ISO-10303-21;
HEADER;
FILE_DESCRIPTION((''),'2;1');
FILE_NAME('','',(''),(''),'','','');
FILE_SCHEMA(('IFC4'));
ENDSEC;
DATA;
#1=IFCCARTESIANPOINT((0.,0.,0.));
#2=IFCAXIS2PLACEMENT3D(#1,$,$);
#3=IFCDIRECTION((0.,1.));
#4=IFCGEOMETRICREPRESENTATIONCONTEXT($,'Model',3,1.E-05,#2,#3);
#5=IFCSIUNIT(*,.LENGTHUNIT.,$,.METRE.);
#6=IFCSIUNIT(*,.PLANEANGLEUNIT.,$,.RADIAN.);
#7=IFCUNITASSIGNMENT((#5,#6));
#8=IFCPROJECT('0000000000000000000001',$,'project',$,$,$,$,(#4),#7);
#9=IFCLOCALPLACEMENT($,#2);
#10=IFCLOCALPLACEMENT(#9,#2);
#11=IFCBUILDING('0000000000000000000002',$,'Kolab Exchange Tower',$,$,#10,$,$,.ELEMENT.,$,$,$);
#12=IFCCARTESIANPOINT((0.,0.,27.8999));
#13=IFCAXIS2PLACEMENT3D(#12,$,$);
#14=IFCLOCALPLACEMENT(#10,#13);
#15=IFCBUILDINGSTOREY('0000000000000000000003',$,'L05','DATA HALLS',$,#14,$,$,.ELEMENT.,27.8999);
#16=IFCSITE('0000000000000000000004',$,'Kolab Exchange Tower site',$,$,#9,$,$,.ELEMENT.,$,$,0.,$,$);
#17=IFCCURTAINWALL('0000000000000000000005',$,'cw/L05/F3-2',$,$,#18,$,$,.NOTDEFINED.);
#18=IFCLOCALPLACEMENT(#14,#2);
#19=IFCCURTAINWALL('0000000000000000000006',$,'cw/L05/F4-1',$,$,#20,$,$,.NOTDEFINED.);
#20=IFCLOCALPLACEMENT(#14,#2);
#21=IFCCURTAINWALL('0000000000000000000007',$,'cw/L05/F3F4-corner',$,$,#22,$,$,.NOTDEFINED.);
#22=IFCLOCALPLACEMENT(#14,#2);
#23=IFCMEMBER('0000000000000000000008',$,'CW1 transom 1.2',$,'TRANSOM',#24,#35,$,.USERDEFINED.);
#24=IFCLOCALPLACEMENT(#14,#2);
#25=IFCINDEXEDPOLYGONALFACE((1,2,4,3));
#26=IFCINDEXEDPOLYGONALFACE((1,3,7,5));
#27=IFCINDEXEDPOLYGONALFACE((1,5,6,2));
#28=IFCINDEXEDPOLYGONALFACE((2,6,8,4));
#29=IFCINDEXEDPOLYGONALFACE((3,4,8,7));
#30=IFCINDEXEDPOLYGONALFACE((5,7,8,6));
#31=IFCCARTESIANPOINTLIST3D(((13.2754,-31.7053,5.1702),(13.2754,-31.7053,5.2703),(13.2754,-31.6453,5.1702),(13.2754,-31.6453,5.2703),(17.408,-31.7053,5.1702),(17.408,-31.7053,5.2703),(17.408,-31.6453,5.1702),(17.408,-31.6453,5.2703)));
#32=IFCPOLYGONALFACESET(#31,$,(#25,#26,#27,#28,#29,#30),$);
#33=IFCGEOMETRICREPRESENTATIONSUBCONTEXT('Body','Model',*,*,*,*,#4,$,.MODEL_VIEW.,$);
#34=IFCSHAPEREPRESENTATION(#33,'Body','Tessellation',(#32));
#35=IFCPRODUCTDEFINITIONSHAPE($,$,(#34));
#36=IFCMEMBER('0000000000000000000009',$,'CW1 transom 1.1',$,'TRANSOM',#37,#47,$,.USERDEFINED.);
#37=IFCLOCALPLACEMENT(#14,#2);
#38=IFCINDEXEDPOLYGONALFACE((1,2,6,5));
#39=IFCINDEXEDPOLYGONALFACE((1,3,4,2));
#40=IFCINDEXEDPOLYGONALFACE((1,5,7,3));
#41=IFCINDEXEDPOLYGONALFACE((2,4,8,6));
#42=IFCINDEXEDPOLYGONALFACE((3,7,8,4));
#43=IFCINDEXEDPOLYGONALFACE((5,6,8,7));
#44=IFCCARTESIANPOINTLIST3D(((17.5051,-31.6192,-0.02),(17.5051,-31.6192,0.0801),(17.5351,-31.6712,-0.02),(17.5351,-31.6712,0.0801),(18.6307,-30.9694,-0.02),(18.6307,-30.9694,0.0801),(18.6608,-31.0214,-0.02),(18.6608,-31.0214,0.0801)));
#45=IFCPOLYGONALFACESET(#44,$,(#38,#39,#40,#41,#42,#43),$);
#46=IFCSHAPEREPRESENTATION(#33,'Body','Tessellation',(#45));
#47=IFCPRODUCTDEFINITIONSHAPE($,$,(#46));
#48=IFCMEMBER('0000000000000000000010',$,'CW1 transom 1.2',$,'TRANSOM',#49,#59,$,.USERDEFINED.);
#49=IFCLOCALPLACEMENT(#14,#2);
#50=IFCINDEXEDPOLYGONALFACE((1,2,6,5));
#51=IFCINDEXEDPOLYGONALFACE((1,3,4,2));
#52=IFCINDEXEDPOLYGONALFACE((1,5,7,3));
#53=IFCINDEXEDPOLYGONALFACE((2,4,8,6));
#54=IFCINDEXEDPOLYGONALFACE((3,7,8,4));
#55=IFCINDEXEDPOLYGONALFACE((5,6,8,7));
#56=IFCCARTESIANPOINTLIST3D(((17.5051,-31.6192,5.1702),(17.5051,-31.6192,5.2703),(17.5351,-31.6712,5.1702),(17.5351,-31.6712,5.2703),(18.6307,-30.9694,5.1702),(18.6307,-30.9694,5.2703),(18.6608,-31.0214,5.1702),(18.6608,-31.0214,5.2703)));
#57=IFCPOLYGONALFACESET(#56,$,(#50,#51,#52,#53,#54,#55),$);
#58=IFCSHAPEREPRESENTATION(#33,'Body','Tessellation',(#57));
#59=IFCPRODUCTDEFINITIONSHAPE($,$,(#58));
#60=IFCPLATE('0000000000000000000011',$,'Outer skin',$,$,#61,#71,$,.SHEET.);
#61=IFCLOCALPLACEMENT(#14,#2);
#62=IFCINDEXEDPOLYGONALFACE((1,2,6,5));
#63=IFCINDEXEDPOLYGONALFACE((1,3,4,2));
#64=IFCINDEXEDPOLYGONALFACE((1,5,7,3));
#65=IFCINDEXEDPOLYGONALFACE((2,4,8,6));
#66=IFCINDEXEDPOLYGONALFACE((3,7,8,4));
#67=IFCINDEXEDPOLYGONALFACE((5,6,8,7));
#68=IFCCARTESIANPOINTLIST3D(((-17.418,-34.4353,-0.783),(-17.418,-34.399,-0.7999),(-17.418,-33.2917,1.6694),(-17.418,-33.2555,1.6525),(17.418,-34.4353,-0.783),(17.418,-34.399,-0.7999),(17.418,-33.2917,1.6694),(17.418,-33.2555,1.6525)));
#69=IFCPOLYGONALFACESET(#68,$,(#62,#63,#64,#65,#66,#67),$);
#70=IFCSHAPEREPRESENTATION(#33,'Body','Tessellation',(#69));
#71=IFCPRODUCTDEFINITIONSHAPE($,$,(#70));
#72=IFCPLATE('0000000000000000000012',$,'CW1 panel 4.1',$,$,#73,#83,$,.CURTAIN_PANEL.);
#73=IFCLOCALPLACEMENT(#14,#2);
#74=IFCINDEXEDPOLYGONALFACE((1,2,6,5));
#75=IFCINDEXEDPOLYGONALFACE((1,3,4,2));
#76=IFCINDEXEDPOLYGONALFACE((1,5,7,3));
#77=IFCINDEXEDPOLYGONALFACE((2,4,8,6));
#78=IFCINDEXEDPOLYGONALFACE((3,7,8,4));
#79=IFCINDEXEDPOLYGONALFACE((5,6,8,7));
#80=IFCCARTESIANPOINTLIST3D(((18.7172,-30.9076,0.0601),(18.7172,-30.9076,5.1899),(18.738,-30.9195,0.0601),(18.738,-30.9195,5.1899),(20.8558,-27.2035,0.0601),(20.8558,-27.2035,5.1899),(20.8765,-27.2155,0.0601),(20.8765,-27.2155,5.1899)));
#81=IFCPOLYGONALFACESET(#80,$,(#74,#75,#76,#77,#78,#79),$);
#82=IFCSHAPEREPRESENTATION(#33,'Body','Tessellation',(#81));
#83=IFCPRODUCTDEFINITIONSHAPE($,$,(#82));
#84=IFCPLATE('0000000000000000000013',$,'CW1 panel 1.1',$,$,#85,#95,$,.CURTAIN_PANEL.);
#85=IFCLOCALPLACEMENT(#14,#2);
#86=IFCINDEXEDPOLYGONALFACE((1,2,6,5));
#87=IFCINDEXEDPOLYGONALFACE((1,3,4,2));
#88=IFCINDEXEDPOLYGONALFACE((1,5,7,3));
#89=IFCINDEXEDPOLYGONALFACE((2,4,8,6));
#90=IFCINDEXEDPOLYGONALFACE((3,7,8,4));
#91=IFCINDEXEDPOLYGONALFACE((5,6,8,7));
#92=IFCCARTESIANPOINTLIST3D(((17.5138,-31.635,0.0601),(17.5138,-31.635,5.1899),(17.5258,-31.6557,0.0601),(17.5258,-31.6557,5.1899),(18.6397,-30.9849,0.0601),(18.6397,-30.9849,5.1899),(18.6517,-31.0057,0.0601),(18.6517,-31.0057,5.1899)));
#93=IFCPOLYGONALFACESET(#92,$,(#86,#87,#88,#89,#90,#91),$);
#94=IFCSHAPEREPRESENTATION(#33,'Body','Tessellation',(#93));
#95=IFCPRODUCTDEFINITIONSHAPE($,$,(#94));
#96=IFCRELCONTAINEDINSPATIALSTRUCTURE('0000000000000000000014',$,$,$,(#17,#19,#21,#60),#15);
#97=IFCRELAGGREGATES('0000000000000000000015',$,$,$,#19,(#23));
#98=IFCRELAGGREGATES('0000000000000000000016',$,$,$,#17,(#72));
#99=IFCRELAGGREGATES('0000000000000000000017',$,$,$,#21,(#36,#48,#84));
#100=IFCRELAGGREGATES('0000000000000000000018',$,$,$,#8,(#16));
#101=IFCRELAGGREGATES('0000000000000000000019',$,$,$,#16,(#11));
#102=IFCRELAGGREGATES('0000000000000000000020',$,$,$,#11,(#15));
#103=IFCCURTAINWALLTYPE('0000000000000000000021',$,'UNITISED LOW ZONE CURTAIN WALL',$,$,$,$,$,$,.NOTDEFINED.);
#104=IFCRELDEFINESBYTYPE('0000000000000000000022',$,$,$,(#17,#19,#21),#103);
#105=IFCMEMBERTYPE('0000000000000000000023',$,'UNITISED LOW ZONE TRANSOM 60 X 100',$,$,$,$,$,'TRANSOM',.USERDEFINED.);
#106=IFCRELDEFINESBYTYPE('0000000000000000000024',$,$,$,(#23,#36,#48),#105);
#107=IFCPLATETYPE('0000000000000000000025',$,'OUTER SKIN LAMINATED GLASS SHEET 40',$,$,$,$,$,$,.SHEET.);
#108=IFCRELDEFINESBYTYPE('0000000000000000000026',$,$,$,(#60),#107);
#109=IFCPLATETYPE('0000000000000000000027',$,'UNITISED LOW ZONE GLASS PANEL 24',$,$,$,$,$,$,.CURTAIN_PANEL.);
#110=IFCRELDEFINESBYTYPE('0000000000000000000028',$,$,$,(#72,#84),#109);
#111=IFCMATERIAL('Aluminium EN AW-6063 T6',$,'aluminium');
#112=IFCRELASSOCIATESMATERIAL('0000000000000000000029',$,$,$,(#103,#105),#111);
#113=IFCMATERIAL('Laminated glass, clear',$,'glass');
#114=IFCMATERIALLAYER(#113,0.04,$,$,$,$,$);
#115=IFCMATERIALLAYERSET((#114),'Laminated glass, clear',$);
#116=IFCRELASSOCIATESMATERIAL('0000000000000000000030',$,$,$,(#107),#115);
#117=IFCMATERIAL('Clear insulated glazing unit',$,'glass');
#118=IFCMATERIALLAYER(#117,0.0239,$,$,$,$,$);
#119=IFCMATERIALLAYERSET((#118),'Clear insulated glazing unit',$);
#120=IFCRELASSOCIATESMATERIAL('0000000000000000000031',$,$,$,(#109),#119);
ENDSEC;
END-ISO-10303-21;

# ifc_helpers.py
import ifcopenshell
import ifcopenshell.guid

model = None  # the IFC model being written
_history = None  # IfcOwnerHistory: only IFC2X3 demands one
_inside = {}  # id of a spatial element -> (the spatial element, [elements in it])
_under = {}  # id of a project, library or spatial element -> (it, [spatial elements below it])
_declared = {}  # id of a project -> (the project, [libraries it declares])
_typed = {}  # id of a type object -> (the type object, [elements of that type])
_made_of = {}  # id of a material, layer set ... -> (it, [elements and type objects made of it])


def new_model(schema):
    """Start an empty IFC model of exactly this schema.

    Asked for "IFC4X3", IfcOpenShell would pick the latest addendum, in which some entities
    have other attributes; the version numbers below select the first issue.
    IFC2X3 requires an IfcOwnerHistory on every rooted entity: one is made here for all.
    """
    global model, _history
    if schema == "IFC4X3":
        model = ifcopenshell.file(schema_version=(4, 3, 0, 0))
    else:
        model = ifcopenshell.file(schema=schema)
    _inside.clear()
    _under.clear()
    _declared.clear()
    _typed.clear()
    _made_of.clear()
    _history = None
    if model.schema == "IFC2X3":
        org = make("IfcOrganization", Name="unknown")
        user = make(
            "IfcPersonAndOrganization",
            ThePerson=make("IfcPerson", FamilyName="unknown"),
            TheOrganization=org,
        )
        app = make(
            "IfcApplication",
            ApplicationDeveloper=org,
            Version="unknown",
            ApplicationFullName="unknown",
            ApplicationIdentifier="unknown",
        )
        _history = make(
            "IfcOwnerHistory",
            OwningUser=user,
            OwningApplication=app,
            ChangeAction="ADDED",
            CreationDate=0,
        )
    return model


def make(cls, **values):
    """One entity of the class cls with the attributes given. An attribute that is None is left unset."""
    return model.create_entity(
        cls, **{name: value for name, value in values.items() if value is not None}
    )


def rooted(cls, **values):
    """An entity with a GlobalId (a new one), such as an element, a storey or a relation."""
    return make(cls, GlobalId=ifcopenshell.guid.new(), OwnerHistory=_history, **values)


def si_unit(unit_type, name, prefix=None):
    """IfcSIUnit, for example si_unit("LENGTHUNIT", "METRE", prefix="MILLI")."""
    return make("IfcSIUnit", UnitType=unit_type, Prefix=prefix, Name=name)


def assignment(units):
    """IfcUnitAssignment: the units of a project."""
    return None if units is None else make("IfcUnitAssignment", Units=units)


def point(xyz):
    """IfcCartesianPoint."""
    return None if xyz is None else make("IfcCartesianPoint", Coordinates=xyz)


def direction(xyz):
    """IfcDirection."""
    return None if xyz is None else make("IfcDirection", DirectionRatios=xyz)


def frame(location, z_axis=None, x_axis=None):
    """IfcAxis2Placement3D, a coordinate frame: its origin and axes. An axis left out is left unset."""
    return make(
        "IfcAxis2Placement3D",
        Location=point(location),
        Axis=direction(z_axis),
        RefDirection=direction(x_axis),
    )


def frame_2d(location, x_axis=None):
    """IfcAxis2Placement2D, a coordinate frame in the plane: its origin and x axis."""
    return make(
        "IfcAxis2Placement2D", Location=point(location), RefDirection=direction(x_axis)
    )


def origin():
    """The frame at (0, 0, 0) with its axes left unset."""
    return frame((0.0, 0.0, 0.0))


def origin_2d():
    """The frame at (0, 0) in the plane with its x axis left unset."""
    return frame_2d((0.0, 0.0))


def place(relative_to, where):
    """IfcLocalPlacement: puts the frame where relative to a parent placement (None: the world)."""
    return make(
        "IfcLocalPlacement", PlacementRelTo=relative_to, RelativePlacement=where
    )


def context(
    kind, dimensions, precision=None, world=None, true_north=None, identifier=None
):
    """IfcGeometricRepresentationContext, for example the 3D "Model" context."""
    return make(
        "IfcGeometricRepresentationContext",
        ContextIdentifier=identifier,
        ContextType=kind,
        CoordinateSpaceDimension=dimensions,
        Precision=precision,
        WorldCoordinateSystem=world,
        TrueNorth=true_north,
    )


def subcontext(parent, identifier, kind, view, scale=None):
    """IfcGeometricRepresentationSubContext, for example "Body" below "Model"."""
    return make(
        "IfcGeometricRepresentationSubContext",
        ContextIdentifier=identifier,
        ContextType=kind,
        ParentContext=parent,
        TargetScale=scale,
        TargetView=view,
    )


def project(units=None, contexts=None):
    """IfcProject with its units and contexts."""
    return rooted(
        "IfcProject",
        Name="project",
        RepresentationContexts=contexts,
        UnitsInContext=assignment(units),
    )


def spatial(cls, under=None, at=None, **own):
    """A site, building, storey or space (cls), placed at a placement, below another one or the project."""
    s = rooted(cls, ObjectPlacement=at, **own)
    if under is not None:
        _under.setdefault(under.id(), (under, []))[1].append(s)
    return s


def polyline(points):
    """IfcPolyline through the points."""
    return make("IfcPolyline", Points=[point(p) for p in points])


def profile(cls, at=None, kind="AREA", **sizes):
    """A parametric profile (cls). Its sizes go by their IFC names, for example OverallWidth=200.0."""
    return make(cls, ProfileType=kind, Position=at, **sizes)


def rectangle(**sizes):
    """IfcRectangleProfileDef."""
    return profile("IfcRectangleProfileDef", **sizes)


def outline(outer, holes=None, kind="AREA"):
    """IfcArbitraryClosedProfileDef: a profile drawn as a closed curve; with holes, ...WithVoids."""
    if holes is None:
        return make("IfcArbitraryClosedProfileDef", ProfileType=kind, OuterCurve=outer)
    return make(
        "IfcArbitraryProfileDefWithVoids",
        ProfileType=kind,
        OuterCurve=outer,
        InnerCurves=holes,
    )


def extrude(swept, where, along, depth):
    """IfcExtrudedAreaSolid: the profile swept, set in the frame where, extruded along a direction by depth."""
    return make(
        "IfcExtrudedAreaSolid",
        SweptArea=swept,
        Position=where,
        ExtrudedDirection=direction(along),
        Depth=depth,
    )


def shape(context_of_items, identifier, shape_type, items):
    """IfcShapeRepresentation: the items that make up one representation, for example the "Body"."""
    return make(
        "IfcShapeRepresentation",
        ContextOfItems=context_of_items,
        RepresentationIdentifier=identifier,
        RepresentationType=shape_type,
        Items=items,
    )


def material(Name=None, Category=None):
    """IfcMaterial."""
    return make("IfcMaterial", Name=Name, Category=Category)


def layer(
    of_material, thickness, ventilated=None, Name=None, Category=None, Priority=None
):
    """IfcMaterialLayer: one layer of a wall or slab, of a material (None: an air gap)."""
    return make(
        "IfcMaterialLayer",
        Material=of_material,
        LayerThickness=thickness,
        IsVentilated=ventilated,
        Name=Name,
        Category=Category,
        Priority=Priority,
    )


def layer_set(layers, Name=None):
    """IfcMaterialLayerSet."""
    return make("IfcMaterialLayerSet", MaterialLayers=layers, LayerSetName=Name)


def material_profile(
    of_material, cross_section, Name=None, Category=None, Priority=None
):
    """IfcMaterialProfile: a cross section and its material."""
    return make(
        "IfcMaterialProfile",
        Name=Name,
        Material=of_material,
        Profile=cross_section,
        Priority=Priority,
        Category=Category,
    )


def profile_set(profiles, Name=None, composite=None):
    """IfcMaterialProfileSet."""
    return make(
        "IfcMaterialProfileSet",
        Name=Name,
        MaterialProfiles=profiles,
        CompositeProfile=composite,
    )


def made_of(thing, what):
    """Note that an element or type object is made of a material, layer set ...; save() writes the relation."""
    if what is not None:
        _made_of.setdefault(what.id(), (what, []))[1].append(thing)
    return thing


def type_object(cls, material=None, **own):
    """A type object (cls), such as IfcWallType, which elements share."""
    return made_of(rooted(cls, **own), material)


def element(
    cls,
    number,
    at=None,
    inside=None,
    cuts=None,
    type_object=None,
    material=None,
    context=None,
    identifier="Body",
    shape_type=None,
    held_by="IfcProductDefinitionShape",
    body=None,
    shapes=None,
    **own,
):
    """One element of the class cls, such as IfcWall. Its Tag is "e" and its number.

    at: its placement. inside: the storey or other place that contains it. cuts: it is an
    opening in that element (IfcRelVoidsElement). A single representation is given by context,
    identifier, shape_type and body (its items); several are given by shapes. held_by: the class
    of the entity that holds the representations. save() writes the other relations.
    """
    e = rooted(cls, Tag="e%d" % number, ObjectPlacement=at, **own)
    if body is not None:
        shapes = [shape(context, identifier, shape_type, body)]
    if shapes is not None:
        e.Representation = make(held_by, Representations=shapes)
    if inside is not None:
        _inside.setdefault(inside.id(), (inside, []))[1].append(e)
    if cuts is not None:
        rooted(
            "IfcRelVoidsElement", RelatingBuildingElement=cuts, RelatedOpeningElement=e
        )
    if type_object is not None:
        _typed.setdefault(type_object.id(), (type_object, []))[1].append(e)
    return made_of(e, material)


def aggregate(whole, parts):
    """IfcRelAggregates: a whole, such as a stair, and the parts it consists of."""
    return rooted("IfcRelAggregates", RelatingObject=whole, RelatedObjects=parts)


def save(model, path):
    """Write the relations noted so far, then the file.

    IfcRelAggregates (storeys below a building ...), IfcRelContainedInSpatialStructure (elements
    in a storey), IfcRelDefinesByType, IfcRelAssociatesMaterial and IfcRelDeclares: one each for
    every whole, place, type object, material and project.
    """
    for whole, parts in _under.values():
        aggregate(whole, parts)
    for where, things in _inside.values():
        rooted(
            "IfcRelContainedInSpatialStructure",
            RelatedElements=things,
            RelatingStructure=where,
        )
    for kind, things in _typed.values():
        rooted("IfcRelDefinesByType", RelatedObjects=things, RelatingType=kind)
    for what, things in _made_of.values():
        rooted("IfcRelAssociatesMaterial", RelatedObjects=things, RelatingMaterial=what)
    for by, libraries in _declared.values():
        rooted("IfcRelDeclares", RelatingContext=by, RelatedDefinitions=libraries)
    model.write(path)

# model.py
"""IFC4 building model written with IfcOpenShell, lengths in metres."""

from ifc_helpers import new_model, si_unit, direction, frame, origin, origin_2d, place, context, subcontext, project, spatial, polyline, rectangle, outline, extrude, material, layer, layer_set, material_profile, profile_set, type_object, element, aggregate, save


model = new_model("IFC4")

# Units and contexts
model_context = context("Model", 3, precision=1e-05, world=origin(), true_north=direction((0.0, 1.0)))
body_context = subcontext(model_context, "Body", "Model", "MODEL_VIEW")
ifc_project = project(units=[si_unit("LENGTHUNIT", "METRE"), si_unit("PLANEANGLEUNIT", "RADIAN")], contexts=[model_context])

# Site, building, storey
site_placement = place(None, origin())
site = spatial("IfcSite", under=ifc_project, at=site_placement, Name="Kolab Exchange Tower site", CompositionType="ELEMENT", RefElevation=0.0)
building_placement = place(site_placement, origin())
building = spatial("IfcBuilding", under=site, at=building_placement, Name="Kolab Exchange Tower", CompositionType="ELEMENT")
storey_placement = place(building_placement, frame((0.0, 0.0, 27.8999)))
storey = spatial("IfcBuildingStorey", under=building, at=storey_placement, Name="L05", Description="DATA HALLS", CompositionType="ELEMENT", Elevation=27.8999)

# Curtain wall
ifc_material_1 = material(Name="Aluminium EN AW-6063 T6", Category="aluminium")
curtain_wall_type = type_object("IfcCurtainWallType", Name="UNITISED LOW ZONE CURTAIN WALL", PredefinedType="NOTDEFINED", material=ifc_material_1)
curtain_wall_1_placement = place(storey_placement, origin())
curtain_wall_1 = element("IfcCurtainWall", 1, at=curtain_wall_1_placement, inside=storey, type_object=curtain_wall_type, Name="cw/L05/F3-2", PredefinedType="NOTDEFINED")

# Curtain wall
curtain_wall_2_placement = place(storey_placement, origin())
curtain_wall_2 = element("IfcCurtainWall", 2, at=curtain_wall_2_placement, inside=storey, type_object=curtain_wall_type, Name="cw/L05/F4-1", PredefinedType="NOTDEFINED")

# Curtain wall
curtain_wall_3_placement = place(storey_placement, origin())
curtain_wall_3 = element("IfcCurtainWall", 3, at=curtain_wall_3_placement, inside=storey, type_object=curtain_wall_type, Name="cw/L05/F3F4-corner", PredefinedType="NOTDEFINED")

# Members
ifc_material_profile_1 = material_profile(ifc_material_1, rectangle(XDim=0.0601, YDim=0.1001, at=origin_2d()), Name="RECT 60X100")
ifc_profile_set_1 = profile_set([ifc_material_profile_1], Name="Aluminium EN AW-6063 T6")
member_type_1 = type_object("IfcMemberType", Name="UNITISED LOW ZONE TRANSOM 60 X 100", ElementType="TRANSOM", PredefinedType="USERDEFINED", material=ifc_profile_set_1)
member_1_placement = place(storey_placement, frame((17.408, -31.6753, 5.2202), z_axis=(-1.0, 0.0, 0.0), x_axis=(0.0, -1.0, 0.0)))
member_1 = element("IfcMember", 4, at=member_1_placement, type_object=member_type_1, Name="CW1 transom 1.2", ObjectType="TRANSOM", PredefinedType="USERDEFINED", context=body_context, shape_type="SweptSolid", body=[
    extrude(rectangle(XDim=0.0601, YDim=0.1001, at=origin_2d()), origin(), (0.0, 0.0, 1.0), 4.1326),
])
aggregate(curtain_wall_2, [member_1])
member_2_placement = place(storey_placement, frame((18.6458, -30.9954, 0.03), z_axis=(-0.866039, -0.499977, 0.0), x_axis=(0.499977, -0.866039, 0.0)))
member_2 = element("IfcMember", 5, at=member_2_placement, type_object=member_type_1, Name="CW1 transom 1.1", ObjectType="TRANSOM", PredefinedType="USERDEFINED", context=body_context, shape_type="SweptSolid", body=[
    extrude(rectangle(XDim=0.0601, YDim=0.1001, at=origin_2d()), origin(), (0.0, 0.0, 1.0), 1.2998),
])
member_3_placement = place(storey_placement, frame((18.6458, -30.9954, 5.2202), z_axis=(-0.866039, -0.499977, 0.0), x_axis=(0.499977, -0.866039, 0.0)))
member_3 = element("IfcMember", 6, at=member_3_placement, type_object=member_type_1, Name="CW1 transom 1.2", ObjectType="TRANSOM", PredefinedType="USERDEFINED", context=body_context, shape_type="SweptSolid", body=[
    extrude(rectangle(XDim=0.0601, YDim=0.1001, at=origin_2d()), origin(), (0.0, 0.0, 1.0), 1.2998),
])

# Plates
ifc_material_2 = material(Name="Laminated glass, clear", Category="glass")
ifc_layer_1 = layer(ifc_material_2, 0.04)
ifc_layer_set_1 = layer_set([ifc_layer_1], Name="Laminated glass, clear")
plate_type_1 = type_object("IfcPlateType", Name="OUTER SKIN LAMINATED GLASS SHEET 40", PredefinedType="SHEET", material=ifc_layer_set_1)
plate_1_placement = place(storey_placement, frame((17.418, -34.4353, -0.783), z_axis=(0.0, -0.90631, 0.422614), x_axis=(-1.0, 0.0, 0.0)))
element("IfcPlate", 7, at=plate_1_placement, inside=storey, type_object=plate_type_1, Name="Outer skin", PredefinedType="SHEET", context=body_context, shape_type="SweptSolid", body=[
    extrude(outline(polyline([(0.0, 0.0), (34.8359, 0.0), (34.8359, -2.7059), (0.0, -2.7059), (0.0, 0.0)])), origin(), (0.0, 0.0, -1.0), 0.04),
])
ifc_material_3 = material(Name="Clear insulated glazing unit", Category="glass")
ifc_layer_2 = layer(ifc_material_3, 0.0239)
ifc_layer_set_2 = layer_set([ifc_layer_2], Name="Clear insulated glazing unit")
plate_type_2 = type_object("IfcPlateType", Name="UNITISED LOW ZONE GLASS PANEL 24", PredefinedType="CURTAIN_PANEL", material=ifc_layer_set_2)
plate_2_placement = place(storey_placement, frame((19.7969, -29.0615, 0.0601), z_axis=(0.0, 0.0, 1.0), x_axis=(-0.5, -0.866025, 0.0)))
plate_2 = element("IfcPlate", 8, at=plate_2_placement, type_object=plate_type_2, Name="CW1 panel 4.1", PredefinedType="CURTAIN_PANEL", context=body_context, shape_type="SweptSolid", body=[
    extrude(rectangle(XDim=4.2771, YDim=0.0239, at=origin_2d()), origin(), (0.0, 0.0, 1.0), 5.1299),
])
aggregate(curtain_wall_1, [plate_2])
plate_3_placement = place(storey_placement, frame((18.0828, -31.3203, 0.0601), z_axis=(0.0, 0.0, 1.0), x_axis=(-0.866025, -0.5, 0.0)))
plate_3 = element("IfcPlate", 9, at=plate_3_placement, type_object=plate_type_2, Name="CW1 panel 1.1", PredefinedType="CURTAIN_PANEL", context=body_context, shape_type="SweptSolid", body=[
    extrude(rectangle(XDim=1.3, YDim=0.0239, at=origin_2d()), origin(), (0.0, 0.0, 1.0), 5.1299),
])
aggregate(curtain_wall_3, [member_2, member_3, plate_3])

save(model, "model.ifc")
